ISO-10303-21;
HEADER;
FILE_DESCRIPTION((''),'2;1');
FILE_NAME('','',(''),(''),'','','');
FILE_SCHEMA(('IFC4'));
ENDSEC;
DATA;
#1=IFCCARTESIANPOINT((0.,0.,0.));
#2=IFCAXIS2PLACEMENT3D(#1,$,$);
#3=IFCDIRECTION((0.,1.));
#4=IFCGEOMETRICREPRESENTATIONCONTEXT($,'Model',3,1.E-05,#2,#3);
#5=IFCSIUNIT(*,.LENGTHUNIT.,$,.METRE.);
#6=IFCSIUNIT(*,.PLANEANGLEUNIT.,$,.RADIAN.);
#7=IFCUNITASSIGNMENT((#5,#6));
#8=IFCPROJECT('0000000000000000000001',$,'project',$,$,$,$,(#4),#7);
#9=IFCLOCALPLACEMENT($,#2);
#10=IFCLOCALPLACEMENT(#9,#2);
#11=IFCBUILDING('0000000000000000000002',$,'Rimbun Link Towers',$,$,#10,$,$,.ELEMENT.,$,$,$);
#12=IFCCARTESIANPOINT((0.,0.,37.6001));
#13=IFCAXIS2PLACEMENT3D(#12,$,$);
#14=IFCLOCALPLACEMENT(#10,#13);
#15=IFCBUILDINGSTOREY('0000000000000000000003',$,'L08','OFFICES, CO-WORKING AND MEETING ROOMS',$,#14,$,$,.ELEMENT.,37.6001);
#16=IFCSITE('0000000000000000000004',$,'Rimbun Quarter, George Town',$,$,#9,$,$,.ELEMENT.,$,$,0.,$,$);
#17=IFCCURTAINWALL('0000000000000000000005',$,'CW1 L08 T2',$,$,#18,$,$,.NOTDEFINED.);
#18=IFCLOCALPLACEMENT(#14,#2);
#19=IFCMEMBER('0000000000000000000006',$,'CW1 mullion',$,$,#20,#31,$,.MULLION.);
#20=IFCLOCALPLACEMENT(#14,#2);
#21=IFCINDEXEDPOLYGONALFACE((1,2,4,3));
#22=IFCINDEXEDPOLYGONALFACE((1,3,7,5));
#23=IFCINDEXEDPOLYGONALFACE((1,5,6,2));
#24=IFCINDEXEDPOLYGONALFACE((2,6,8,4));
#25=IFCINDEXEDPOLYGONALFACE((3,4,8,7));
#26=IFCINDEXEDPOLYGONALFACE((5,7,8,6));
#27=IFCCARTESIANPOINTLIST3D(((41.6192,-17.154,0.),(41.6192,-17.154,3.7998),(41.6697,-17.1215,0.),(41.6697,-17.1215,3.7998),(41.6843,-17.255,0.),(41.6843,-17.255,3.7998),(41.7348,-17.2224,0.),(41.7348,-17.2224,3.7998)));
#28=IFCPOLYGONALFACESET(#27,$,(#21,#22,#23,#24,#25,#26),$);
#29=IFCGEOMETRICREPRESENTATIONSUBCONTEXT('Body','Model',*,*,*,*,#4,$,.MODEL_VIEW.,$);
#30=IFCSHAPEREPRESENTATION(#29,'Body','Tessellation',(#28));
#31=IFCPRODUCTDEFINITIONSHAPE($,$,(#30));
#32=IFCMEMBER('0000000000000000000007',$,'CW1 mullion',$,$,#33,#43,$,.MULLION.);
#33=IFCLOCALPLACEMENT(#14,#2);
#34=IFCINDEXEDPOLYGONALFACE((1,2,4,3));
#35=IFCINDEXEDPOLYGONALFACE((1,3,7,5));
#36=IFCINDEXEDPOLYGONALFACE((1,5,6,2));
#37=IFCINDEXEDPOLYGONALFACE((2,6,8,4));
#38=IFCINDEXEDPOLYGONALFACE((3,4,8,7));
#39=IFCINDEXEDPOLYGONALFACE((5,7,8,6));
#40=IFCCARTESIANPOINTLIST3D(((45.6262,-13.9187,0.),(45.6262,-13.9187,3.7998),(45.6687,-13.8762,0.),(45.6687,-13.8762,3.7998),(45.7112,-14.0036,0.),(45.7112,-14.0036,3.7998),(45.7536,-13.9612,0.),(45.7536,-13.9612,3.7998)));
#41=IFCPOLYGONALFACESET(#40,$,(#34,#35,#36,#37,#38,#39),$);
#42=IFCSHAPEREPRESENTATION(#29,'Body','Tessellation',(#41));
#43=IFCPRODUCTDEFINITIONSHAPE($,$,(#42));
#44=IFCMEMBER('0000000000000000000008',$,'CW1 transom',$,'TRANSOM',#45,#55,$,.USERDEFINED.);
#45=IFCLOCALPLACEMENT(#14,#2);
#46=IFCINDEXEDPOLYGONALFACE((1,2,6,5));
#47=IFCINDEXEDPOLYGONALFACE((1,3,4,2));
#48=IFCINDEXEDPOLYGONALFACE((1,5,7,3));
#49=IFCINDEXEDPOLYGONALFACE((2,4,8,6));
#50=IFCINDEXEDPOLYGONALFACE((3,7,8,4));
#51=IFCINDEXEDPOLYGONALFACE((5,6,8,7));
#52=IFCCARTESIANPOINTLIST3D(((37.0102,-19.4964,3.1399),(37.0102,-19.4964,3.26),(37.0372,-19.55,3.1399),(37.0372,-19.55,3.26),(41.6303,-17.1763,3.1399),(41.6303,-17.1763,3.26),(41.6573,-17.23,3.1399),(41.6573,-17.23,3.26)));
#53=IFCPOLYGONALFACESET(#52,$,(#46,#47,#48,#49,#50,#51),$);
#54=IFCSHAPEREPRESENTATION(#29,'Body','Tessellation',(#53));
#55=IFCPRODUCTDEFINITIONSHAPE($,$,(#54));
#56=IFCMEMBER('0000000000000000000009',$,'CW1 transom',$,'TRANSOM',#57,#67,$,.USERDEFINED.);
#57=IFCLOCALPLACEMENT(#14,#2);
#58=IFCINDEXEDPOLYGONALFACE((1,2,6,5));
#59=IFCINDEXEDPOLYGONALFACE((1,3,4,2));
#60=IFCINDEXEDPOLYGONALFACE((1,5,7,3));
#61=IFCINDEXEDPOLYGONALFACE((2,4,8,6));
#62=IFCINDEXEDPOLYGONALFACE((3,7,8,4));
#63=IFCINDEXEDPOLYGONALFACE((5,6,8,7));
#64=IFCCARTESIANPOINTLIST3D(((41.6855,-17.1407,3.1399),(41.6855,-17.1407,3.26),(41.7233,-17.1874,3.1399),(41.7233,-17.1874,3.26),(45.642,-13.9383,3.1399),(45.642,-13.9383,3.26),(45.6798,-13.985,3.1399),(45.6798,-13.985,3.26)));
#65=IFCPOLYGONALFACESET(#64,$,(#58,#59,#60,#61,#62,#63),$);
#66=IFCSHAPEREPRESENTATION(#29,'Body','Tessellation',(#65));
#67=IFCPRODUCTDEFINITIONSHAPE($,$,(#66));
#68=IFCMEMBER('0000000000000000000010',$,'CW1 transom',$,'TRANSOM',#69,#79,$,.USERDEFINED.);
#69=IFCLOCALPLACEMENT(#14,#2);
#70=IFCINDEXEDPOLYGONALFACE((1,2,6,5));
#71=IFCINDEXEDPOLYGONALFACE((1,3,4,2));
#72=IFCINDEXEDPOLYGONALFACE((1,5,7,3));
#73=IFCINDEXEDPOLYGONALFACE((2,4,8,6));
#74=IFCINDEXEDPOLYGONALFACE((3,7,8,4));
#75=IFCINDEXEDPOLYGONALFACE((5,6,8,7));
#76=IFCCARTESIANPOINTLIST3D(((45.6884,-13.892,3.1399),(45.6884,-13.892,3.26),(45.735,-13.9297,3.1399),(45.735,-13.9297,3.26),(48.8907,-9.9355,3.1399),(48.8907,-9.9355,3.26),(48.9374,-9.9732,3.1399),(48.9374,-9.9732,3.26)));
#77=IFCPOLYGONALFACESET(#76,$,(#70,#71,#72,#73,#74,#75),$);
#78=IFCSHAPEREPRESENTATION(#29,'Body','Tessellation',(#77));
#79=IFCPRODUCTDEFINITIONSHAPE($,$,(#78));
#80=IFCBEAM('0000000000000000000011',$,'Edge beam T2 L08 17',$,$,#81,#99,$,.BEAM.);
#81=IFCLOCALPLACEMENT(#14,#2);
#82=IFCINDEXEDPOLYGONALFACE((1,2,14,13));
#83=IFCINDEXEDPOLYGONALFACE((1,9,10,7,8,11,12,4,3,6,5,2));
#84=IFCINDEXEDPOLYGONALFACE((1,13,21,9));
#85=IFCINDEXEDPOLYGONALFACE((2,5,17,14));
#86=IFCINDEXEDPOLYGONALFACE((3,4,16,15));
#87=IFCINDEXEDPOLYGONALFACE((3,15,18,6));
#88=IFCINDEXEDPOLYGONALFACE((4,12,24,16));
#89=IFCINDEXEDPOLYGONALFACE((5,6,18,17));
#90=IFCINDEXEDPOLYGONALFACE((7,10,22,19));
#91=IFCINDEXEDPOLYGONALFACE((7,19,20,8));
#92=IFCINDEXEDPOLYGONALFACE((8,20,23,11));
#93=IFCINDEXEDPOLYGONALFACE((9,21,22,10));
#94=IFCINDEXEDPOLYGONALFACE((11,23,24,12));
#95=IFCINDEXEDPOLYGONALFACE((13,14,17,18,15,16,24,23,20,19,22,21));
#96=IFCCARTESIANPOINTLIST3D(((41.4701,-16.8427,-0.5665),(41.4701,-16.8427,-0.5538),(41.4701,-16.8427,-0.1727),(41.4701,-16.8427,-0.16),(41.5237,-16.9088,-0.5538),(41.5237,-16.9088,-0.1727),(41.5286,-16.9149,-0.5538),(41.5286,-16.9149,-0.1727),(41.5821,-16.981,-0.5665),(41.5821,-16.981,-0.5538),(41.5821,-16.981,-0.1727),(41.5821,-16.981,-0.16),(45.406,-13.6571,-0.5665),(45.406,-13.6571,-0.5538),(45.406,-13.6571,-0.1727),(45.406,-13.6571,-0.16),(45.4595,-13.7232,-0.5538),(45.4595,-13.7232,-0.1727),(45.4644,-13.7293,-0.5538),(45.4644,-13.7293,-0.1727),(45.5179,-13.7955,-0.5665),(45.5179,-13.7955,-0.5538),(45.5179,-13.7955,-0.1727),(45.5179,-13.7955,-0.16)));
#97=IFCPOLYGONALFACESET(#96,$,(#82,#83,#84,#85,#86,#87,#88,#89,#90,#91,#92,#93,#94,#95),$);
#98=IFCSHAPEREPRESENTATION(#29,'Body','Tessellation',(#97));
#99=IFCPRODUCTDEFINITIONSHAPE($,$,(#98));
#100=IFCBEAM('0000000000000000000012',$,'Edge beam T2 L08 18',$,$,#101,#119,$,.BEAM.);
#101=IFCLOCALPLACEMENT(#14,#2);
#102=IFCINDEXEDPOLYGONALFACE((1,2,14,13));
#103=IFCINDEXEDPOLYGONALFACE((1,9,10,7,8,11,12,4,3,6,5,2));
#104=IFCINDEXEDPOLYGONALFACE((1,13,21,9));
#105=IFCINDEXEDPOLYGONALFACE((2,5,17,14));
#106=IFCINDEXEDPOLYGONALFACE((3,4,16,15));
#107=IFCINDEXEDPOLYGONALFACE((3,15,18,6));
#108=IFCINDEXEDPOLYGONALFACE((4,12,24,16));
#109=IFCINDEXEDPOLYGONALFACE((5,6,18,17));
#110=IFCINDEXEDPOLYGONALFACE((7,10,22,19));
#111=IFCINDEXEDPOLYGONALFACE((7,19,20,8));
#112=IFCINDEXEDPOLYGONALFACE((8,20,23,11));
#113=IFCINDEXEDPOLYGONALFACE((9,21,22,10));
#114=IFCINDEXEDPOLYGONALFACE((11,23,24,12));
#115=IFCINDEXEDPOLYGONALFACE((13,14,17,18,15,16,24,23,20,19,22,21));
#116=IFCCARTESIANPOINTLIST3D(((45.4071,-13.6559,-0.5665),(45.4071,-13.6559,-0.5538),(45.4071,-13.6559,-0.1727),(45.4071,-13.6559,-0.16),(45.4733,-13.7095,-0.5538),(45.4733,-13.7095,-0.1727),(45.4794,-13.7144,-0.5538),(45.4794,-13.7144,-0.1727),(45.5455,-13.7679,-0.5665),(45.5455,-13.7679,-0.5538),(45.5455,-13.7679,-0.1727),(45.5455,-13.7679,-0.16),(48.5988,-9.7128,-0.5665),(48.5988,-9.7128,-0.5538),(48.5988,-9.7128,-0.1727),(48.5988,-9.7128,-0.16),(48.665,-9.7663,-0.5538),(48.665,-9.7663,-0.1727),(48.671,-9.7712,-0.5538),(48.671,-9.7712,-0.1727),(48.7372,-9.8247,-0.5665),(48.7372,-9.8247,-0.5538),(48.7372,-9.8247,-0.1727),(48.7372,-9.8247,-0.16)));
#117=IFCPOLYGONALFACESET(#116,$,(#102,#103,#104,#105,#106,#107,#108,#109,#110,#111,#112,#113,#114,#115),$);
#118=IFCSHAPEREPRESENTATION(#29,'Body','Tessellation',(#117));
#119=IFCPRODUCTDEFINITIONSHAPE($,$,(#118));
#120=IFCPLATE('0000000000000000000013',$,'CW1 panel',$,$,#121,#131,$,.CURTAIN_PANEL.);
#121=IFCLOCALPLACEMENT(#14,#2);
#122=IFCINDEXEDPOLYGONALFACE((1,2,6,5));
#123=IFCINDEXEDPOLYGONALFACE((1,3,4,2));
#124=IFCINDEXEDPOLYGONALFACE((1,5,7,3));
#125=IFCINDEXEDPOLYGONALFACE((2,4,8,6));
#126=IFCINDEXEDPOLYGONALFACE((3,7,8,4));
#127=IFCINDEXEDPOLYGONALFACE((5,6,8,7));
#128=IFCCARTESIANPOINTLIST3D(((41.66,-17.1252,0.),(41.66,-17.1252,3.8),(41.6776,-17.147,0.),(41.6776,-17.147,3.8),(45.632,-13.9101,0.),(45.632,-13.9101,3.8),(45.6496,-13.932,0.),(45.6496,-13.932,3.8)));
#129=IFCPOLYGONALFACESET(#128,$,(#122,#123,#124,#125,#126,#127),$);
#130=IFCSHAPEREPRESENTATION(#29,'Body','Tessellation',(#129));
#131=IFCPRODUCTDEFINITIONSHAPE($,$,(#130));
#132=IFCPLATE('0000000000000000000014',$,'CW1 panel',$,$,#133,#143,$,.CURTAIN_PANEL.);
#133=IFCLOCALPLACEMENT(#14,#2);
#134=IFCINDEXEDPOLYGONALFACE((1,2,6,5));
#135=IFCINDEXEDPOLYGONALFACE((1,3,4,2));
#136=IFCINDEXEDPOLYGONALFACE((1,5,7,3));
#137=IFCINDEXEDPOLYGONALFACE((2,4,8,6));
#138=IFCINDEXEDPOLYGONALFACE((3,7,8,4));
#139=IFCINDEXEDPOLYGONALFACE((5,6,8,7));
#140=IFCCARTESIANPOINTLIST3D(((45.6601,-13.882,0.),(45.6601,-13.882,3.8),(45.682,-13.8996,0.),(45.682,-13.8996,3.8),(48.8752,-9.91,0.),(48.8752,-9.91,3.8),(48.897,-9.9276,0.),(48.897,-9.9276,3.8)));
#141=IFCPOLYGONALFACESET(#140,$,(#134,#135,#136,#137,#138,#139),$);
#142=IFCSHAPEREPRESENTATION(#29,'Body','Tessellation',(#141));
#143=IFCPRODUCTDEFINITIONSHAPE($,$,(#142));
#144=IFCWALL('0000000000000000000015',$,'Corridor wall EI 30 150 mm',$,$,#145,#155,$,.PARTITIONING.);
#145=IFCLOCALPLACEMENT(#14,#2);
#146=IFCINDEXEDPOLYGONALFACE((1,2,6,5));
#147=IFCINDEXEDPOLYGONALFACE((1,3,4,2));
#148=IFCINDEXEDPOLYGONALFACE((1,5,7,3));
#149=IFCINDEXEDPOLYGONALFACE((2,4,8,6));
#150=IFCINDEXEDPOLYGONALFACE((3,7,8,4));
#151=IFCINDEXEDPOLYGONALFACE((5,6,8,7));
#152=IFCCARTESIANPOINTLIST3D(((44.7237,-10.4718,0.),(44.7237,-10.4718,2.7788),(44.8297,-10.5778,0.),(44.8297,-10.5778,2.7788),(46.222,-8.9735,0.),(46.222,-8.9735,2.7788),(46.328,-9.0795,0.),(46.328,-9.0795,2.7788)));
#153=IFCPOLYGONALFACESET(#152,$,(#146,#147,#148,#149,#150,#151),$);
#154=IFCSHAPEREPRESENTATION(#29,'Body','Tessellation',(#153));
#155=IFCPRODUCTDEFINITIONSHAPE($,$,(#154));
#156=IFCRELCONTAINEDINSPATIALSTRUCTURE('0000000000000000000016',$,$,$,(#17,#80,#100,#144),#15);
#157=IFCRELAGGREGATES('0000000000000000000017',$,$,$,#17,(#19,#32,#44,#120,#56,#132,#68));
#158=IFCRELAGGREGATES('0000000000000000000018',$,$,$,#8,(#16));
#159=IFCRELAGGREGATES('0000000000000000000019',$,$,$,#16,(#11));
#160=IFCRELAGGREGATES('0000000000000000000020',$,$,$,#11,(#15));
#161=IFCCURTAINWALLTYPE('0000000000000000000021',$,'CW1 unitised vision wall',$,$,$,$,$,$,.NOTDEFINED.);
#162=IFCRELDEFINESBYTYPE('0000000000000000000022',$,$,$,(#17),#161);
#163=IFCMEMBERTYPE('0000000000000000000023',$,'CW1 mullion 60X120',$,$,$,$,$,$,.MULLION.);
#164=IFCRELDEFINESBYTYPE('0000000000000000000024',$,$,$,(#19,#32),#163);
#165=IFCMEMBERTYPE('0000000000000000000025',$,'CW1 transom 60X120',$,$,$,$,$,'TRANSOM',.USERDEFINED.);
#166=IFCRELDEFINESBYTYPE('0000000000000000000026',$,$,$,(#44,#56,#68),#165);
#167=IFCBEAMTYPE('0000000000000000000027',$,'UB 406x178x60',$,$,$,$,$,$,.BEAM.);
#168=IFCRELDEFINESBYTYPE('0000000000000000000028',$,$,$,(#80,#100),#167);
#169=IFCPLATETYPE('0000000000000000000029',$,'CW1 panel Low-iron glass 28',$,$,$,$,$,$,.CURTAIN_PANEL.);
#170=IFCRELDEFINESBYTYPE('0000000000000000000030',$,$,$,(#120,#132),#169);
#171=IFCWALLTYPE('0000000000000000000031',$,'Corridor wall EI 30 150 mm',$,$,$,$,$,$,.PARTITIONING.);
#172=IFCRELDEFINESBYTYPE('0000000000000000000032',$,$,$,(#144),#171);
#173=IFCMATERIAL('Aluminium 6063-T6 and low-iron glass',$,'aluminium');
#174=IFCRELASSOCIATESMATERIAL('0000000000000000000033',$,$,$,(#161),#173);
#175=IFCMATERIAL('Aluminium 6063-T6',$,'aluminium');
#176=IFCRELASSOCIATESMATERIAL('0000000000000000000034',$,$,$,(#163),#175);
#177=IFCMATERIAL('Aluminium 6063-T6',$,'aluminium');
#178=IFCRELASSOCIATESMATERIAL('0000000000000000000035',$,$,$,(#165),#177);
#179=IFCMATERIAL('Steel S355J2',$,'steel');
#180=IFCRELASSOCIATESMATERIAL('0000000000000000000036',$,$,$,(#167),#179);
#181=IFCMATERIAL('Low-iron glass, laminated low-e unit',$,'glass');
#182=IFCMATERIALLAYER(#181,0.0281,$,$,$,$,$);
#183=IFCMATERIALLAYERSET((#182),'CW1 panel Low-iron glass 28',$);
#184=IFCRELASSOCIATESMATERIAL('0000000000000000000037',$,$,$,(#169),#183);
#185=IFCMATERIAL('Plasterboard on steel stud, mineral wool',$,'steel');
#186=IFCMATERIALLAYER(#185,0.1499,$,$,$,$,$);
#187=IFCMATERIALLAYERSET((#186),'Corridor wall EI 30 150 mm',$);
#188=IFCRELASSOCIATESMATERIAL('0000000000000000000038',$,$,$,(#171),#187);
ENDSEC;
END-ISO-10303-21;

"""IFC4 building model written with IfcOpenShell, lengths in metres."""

from ifc_helpers import new_model, si_unit, direction, frame, frame_2d, origin, origin_2d, place, context, subcontext, project, spatial, rectangle, i_section, extrude, material, layer, layer_set, material_profile, profile_set, type_object, element, aggregate, save


model = new_model("IFC4")

# Units and contexts
model_context = context("Model", 3, precision=1e-05, world=origin(), true_north=direction((0.0, 1.0)))
body_context = subcontext(model_context, "Body", "Model", "MODEL_VIEW")
ifc_project = project(units=[si_unit("LENGTHUNIT", "METRE"), si_unit("PLANEANGLEUNIT", "RADIAN")], contexts=[model_context])

# Site, building, storey
site_placement = place(None, origin())
site = spatial("IfcSite", under=ifc_project, at=site_placement, Name="Rimbun Quarter, George Town", CompositionType="ELEMENT", RefElevation=0.0)
building_placement = place(site_placement, origin())
building = spatial("IfcBuilding", under=site, at=building_placement, Name="Rimbun Link Towers", CompositionType="ELEMENT")
storey_placement = place(building_placement, frame((0.0, 0.0, 37.6001)))
storey = spatial("IfcBuildingStorey", under=building, at=storey_placement, Name="L08", Description="OFFICES, CO-WORKING AND MEETING ROOMS", CompositionType="ELEMENT", Elevation=37.6001)

# Curtain wall, members
ifc_material_1 = material(Name="Aluminium 6063-T6 and low-iron glass", Category="aluminium")
curtain_wall_type = type_object("IfcCurtainWallType", Name="CW1 unitised vision wall", PredefinedType="NOTDEFINED", material=ifc_material_1)
curtain_wall_placement = place(storey_placement, origin())
curtain_wall = element("IfcCurtainWall", 1, at=curtain_wall_placement, inside=storey, type_object=curtain_wall_type, Name="CW1 L08 T2", PredefinedType="NOTDEFINED")
ifc_material_2 = material(Name="Aluminium 6063-T6", Category="aluminium")
ifc_material_profile_1 = material_profile(ifc_material_2, rectangle(XDim=0.1201, YDim=0.0601, at=origin_2d()), Name="MULLION 60X120")
ifc_profile_set_1 = profile_set([ifc_material_profile_1], Name="Aluminium 6063-T6")
member_type_1 = type_object("IfcMemberType", Name="CW1 mullion 60X120", PredefinedType="MULLION", material=ifc_profile_set_1)
member_1_placement = place(storey_placement, frame((41.677, -17.1882, 0.0), z_axis=(0.0, 0.0, 1.0), x_axis=(0.542093, -0.840318, 0.0)))
member_1 = element("IfcMember", 2, at=member_1_placement, type_object=member_type_1, Name="CW1 mullion", PredefinedType="MULLION", context=body_context, shape_type="SweptSolid", body=[
    extrude(rectangle(XDim=0.1201, YDim=0.0601, at=origin_2d()), origin(), (0.0, 0.0, 1.0), 3.7998),
])
member_2_placement = place(storey_placement, frame((45.6899, -13.9399, 0.0), z_axis=(0.0, 0.0, 1.0), x_axis=(0.707107, -0.707107, 0.0)))
member_2 = element("IfcMember", 3, at=member_2_placement, type_object=member_type_1, Name="CW1 mullion", PredefinedType="MULLION", context=body_context, shape_type="SweptSolid", body=[
    extrude(rectangle(XDim=0.1201, YDim=0.0601, at=origin_2d()), origin(), (0.0, 0.0, 1.0), 3.7998),
])
ifc_material_3 = material(Name="Aluminium 6063-T6", Category="aluminium")
ifc_material_profile_2 = material_profile(ifc_material_3, rectangle(XDim=0.0601, YDim=0.1201, at=origin_2d()), Name="TRANSOM 60X120")
ifc_profile_set_2 = profile_set([ifc_material_profile_2], Name="Aluminium 6063-T6")
member_type_2 = type_object("IfcMemberType", Name="CW1 transom 60X120", ElementType="TRANSOM", PredefinedType="USERDEFINED", material=ifc_profile_set_2)
member_3_placement = place(storey_placement, frame((41.6438, -17.2031, 3.2), z_axis=(-0.893651, -0.448762, 0.0), x_axis=(0.448762, -0.893651, 0.0)))
member_3 = element("IfcMember", 4, at=member_3_placement, type_object=member_type_2, Name="CW1 transom", ObjectType="TRANSOM", PredefinedType="USERDEFINED", context=body_context, shape_type="SweptSolid", body=[
    extrude(rectangle(XDim=0.0601, YDim=0.1201, at=origin_2d()), origin(), (0.0, 0.0, 1.0), 5.1699),
])
member_4_placement = place(storey_placement, frame((45.6609, -13.9617, 3.2), z_axis=(-0.777295, -0.629136, 0.0), x_axis=(0.629136, -0.777295, 0.0)))
member_4 = element("IfcMember", 5, at=member_4_placement, type_object=member_type_2, Name="CW1 transom", ObjectType="TRANSOM", PredefinedType="USERDEFINED", context=body_context, shape_type="SweptSolid", body=[
    extrude(rectangle(XDim=0.0601, YDim=0.1201, at=origin_2d()), origin(), (0.0, 0.0, 1.0), 5.0901),
])
member_5_placement = place(storey_placement, frame((48.9141, -9.9543, 3.2), z_axis=(-0.629136, -0.777295, 0.0), x_axis=(0.777295, -0.629136, 0.0)))
member_5 = element("IfcMember", 6, at=member_5_placement, type_object=member_type_2, Name="CW1 transom", ObjectType="TRANSOM", PredefinedType="USERDEFINED", context=body_context, shape_type="SweptSolid", body=[
    extrude(rectangle(XDim=0.0601, YDim=0.1201, at=origin_2d()), origin(), (0.0, 0.0, 1.0), 5.0901),
])

# Beams
ifc_material_4 = material(Name="Steel S355J2", Category="steel")
ifc_material_profile_3 = material_profile(ifc_material_4, i_section(OverallWidth=0.178, OverallDepth=0.4065, WebThickness=0.0078, FlangeThickness=0.0127, at=origin_2d()), Name="UB 406x178x60")
ifc_profile_set_3 = profile_set([ifc_material_profile_3], Name="Steel S355J2")
beam_type = type_object("IfcBeamType", Name="UB 406x178x60", PredefinedType="BEAM", material=ifc_profile_set_3)
beam_1_placement = place(storey_placement, frame((41.5261, -16.9119, -0.3633), z_axis=(0.7773, 0.62913, 0.0), x_axis=(-0.62913, 0.7773, 0.0)))
element("IfcBeam", 7, at=beam_1_placement, inside=storey, type_object=beam_type, Name="Edge beam T2 L08 17", PredefinedType="BEAM", context=body_context, shape_type="SweptSolid", body=[
    extrude(i_section(OverallWidth=0.178, OverallDepth=0.4065, WebThickness=0.0078, FlangeThickness=0.0127, at=origin_2d()), origin(), (0.0, 0.0, 1.0), 5.0635),
])
beam_2_placement = place(storey_placement, frame((45.4763, -13.7119, -0.3633), z_axis=(0.629151, 0.777283, 0.0), x_axis=(-0.777283, 0.629151, 0.0)))
element("IfcBeam", 8, at=beam_2_placement, inside=storey, type_object=beam_type, Name="Edge beam T2 L08 18", PredefinedType="BEAM", context=body_context, shape_type="SweptSolid", body=[
    extrude(i_section(OverallWidth=0.178, OverallDepth=0.4065, WebThickness=0.0078, FlangeThickness=0.0127, at=origin_2d()), origin(), (0.0, 0.0, 1.0), 5.073),
])

# Plates
ifc_material_5 = material(Name="Low-iron glass, laminated low-e unit", Category="glass")
ifc_layer_1 = layer(ifc_material_5, 0.0281)
ifc_layer_set_1 = layer_set([ifc_layer_1], Name="CW1 panel Low-iron glass 28")
plate_type = type_object("IfcPlateType", Name="CW1 panel Low-iron glass 28", PredefinedType="CURTAIN_PANEL", material=ifc_layer_set_1)
plate_1_placement = place(storey_placement, frame((43.6548, -15.5286, 0.0), z_axis=(0.0, 0.0, 1.0), x_axis=(-0.777283, -0.629151, 0.0)))
plate_1 = element("IfcPlate", 9, at=plate_1_placement, type_object=plate_type, Name="CW1 panel", PredefinedType="CURTAIN_PANEL", context=body_context, shape_type="SweptSolid", body=[
    extrude(rectangle(XDim=5.1101, YDim=0.0281, at=origin_2d()), origin(), (0.0, 0.0, 1.0), 3.8),
])
plate_2_placement = place(storey_placement, frame((47.2786, -11.9048, 0.0), z_axis=(0.0, 0.0, 1.0), x_axis=(-0.629151, -0.777283, 0.0)))
plate_2 = element("IfcPlate", 10, at=plate_2_placement, type_object=plate_type, Name="CW1 panel", PredefinedType="CURTAIN_PANEL", context=body_context, shape_type="SweptSolid", body=[
    extrude(rectangle(XDim=5.1101, YDim=0.0281, at=origin_2d()), origin(), (0.0, 0.0, 1.0), 3.8),
])
aggregate(curtain_wall, [member_1, member_2, member_3, plate_1, member_4, plate_2, member_5])

# Wall
ifc_material_6 = material(Name="Plasterboard on steel stud, mineral wool", Category="steel")
ifc_layer_2 = layer(ifc_material_6, 0.1499)
ifc_layer_set_2 = layer_set([ifc_layer_2], Name="Corridor wall EI 30 150 mm")
wall_type_1 = type_object("IfcWallType", Name="Corridor wall EI 30 150 mm", PredefinedType="PARTITIONING", material=ifc_layer_set_2)
wall_1_placement = place(storey_placement, frame((44.7766, -10.5249, 0.0), z_axis=(0.0, 0.0, 1.0), x_axis=(0.707107, 0.707107, 0.0)))
element("IfcWall", 11, at=wall_1_placement, inside=storey, type_object=wall_type_1, Name="Corridor wall EI 30 150 mm", PredefinedType="PARTITIONING", context=body_context, shape_type="SweptSolid", body=[
    extrude(rectangle(XDim=2.1189, YDim=0.1499, at=frame_2d((1.0596, 0.0))), origin(), (0.0, 0.0, 1.0), 2.7788),
])

save(model, "model.ifc")
